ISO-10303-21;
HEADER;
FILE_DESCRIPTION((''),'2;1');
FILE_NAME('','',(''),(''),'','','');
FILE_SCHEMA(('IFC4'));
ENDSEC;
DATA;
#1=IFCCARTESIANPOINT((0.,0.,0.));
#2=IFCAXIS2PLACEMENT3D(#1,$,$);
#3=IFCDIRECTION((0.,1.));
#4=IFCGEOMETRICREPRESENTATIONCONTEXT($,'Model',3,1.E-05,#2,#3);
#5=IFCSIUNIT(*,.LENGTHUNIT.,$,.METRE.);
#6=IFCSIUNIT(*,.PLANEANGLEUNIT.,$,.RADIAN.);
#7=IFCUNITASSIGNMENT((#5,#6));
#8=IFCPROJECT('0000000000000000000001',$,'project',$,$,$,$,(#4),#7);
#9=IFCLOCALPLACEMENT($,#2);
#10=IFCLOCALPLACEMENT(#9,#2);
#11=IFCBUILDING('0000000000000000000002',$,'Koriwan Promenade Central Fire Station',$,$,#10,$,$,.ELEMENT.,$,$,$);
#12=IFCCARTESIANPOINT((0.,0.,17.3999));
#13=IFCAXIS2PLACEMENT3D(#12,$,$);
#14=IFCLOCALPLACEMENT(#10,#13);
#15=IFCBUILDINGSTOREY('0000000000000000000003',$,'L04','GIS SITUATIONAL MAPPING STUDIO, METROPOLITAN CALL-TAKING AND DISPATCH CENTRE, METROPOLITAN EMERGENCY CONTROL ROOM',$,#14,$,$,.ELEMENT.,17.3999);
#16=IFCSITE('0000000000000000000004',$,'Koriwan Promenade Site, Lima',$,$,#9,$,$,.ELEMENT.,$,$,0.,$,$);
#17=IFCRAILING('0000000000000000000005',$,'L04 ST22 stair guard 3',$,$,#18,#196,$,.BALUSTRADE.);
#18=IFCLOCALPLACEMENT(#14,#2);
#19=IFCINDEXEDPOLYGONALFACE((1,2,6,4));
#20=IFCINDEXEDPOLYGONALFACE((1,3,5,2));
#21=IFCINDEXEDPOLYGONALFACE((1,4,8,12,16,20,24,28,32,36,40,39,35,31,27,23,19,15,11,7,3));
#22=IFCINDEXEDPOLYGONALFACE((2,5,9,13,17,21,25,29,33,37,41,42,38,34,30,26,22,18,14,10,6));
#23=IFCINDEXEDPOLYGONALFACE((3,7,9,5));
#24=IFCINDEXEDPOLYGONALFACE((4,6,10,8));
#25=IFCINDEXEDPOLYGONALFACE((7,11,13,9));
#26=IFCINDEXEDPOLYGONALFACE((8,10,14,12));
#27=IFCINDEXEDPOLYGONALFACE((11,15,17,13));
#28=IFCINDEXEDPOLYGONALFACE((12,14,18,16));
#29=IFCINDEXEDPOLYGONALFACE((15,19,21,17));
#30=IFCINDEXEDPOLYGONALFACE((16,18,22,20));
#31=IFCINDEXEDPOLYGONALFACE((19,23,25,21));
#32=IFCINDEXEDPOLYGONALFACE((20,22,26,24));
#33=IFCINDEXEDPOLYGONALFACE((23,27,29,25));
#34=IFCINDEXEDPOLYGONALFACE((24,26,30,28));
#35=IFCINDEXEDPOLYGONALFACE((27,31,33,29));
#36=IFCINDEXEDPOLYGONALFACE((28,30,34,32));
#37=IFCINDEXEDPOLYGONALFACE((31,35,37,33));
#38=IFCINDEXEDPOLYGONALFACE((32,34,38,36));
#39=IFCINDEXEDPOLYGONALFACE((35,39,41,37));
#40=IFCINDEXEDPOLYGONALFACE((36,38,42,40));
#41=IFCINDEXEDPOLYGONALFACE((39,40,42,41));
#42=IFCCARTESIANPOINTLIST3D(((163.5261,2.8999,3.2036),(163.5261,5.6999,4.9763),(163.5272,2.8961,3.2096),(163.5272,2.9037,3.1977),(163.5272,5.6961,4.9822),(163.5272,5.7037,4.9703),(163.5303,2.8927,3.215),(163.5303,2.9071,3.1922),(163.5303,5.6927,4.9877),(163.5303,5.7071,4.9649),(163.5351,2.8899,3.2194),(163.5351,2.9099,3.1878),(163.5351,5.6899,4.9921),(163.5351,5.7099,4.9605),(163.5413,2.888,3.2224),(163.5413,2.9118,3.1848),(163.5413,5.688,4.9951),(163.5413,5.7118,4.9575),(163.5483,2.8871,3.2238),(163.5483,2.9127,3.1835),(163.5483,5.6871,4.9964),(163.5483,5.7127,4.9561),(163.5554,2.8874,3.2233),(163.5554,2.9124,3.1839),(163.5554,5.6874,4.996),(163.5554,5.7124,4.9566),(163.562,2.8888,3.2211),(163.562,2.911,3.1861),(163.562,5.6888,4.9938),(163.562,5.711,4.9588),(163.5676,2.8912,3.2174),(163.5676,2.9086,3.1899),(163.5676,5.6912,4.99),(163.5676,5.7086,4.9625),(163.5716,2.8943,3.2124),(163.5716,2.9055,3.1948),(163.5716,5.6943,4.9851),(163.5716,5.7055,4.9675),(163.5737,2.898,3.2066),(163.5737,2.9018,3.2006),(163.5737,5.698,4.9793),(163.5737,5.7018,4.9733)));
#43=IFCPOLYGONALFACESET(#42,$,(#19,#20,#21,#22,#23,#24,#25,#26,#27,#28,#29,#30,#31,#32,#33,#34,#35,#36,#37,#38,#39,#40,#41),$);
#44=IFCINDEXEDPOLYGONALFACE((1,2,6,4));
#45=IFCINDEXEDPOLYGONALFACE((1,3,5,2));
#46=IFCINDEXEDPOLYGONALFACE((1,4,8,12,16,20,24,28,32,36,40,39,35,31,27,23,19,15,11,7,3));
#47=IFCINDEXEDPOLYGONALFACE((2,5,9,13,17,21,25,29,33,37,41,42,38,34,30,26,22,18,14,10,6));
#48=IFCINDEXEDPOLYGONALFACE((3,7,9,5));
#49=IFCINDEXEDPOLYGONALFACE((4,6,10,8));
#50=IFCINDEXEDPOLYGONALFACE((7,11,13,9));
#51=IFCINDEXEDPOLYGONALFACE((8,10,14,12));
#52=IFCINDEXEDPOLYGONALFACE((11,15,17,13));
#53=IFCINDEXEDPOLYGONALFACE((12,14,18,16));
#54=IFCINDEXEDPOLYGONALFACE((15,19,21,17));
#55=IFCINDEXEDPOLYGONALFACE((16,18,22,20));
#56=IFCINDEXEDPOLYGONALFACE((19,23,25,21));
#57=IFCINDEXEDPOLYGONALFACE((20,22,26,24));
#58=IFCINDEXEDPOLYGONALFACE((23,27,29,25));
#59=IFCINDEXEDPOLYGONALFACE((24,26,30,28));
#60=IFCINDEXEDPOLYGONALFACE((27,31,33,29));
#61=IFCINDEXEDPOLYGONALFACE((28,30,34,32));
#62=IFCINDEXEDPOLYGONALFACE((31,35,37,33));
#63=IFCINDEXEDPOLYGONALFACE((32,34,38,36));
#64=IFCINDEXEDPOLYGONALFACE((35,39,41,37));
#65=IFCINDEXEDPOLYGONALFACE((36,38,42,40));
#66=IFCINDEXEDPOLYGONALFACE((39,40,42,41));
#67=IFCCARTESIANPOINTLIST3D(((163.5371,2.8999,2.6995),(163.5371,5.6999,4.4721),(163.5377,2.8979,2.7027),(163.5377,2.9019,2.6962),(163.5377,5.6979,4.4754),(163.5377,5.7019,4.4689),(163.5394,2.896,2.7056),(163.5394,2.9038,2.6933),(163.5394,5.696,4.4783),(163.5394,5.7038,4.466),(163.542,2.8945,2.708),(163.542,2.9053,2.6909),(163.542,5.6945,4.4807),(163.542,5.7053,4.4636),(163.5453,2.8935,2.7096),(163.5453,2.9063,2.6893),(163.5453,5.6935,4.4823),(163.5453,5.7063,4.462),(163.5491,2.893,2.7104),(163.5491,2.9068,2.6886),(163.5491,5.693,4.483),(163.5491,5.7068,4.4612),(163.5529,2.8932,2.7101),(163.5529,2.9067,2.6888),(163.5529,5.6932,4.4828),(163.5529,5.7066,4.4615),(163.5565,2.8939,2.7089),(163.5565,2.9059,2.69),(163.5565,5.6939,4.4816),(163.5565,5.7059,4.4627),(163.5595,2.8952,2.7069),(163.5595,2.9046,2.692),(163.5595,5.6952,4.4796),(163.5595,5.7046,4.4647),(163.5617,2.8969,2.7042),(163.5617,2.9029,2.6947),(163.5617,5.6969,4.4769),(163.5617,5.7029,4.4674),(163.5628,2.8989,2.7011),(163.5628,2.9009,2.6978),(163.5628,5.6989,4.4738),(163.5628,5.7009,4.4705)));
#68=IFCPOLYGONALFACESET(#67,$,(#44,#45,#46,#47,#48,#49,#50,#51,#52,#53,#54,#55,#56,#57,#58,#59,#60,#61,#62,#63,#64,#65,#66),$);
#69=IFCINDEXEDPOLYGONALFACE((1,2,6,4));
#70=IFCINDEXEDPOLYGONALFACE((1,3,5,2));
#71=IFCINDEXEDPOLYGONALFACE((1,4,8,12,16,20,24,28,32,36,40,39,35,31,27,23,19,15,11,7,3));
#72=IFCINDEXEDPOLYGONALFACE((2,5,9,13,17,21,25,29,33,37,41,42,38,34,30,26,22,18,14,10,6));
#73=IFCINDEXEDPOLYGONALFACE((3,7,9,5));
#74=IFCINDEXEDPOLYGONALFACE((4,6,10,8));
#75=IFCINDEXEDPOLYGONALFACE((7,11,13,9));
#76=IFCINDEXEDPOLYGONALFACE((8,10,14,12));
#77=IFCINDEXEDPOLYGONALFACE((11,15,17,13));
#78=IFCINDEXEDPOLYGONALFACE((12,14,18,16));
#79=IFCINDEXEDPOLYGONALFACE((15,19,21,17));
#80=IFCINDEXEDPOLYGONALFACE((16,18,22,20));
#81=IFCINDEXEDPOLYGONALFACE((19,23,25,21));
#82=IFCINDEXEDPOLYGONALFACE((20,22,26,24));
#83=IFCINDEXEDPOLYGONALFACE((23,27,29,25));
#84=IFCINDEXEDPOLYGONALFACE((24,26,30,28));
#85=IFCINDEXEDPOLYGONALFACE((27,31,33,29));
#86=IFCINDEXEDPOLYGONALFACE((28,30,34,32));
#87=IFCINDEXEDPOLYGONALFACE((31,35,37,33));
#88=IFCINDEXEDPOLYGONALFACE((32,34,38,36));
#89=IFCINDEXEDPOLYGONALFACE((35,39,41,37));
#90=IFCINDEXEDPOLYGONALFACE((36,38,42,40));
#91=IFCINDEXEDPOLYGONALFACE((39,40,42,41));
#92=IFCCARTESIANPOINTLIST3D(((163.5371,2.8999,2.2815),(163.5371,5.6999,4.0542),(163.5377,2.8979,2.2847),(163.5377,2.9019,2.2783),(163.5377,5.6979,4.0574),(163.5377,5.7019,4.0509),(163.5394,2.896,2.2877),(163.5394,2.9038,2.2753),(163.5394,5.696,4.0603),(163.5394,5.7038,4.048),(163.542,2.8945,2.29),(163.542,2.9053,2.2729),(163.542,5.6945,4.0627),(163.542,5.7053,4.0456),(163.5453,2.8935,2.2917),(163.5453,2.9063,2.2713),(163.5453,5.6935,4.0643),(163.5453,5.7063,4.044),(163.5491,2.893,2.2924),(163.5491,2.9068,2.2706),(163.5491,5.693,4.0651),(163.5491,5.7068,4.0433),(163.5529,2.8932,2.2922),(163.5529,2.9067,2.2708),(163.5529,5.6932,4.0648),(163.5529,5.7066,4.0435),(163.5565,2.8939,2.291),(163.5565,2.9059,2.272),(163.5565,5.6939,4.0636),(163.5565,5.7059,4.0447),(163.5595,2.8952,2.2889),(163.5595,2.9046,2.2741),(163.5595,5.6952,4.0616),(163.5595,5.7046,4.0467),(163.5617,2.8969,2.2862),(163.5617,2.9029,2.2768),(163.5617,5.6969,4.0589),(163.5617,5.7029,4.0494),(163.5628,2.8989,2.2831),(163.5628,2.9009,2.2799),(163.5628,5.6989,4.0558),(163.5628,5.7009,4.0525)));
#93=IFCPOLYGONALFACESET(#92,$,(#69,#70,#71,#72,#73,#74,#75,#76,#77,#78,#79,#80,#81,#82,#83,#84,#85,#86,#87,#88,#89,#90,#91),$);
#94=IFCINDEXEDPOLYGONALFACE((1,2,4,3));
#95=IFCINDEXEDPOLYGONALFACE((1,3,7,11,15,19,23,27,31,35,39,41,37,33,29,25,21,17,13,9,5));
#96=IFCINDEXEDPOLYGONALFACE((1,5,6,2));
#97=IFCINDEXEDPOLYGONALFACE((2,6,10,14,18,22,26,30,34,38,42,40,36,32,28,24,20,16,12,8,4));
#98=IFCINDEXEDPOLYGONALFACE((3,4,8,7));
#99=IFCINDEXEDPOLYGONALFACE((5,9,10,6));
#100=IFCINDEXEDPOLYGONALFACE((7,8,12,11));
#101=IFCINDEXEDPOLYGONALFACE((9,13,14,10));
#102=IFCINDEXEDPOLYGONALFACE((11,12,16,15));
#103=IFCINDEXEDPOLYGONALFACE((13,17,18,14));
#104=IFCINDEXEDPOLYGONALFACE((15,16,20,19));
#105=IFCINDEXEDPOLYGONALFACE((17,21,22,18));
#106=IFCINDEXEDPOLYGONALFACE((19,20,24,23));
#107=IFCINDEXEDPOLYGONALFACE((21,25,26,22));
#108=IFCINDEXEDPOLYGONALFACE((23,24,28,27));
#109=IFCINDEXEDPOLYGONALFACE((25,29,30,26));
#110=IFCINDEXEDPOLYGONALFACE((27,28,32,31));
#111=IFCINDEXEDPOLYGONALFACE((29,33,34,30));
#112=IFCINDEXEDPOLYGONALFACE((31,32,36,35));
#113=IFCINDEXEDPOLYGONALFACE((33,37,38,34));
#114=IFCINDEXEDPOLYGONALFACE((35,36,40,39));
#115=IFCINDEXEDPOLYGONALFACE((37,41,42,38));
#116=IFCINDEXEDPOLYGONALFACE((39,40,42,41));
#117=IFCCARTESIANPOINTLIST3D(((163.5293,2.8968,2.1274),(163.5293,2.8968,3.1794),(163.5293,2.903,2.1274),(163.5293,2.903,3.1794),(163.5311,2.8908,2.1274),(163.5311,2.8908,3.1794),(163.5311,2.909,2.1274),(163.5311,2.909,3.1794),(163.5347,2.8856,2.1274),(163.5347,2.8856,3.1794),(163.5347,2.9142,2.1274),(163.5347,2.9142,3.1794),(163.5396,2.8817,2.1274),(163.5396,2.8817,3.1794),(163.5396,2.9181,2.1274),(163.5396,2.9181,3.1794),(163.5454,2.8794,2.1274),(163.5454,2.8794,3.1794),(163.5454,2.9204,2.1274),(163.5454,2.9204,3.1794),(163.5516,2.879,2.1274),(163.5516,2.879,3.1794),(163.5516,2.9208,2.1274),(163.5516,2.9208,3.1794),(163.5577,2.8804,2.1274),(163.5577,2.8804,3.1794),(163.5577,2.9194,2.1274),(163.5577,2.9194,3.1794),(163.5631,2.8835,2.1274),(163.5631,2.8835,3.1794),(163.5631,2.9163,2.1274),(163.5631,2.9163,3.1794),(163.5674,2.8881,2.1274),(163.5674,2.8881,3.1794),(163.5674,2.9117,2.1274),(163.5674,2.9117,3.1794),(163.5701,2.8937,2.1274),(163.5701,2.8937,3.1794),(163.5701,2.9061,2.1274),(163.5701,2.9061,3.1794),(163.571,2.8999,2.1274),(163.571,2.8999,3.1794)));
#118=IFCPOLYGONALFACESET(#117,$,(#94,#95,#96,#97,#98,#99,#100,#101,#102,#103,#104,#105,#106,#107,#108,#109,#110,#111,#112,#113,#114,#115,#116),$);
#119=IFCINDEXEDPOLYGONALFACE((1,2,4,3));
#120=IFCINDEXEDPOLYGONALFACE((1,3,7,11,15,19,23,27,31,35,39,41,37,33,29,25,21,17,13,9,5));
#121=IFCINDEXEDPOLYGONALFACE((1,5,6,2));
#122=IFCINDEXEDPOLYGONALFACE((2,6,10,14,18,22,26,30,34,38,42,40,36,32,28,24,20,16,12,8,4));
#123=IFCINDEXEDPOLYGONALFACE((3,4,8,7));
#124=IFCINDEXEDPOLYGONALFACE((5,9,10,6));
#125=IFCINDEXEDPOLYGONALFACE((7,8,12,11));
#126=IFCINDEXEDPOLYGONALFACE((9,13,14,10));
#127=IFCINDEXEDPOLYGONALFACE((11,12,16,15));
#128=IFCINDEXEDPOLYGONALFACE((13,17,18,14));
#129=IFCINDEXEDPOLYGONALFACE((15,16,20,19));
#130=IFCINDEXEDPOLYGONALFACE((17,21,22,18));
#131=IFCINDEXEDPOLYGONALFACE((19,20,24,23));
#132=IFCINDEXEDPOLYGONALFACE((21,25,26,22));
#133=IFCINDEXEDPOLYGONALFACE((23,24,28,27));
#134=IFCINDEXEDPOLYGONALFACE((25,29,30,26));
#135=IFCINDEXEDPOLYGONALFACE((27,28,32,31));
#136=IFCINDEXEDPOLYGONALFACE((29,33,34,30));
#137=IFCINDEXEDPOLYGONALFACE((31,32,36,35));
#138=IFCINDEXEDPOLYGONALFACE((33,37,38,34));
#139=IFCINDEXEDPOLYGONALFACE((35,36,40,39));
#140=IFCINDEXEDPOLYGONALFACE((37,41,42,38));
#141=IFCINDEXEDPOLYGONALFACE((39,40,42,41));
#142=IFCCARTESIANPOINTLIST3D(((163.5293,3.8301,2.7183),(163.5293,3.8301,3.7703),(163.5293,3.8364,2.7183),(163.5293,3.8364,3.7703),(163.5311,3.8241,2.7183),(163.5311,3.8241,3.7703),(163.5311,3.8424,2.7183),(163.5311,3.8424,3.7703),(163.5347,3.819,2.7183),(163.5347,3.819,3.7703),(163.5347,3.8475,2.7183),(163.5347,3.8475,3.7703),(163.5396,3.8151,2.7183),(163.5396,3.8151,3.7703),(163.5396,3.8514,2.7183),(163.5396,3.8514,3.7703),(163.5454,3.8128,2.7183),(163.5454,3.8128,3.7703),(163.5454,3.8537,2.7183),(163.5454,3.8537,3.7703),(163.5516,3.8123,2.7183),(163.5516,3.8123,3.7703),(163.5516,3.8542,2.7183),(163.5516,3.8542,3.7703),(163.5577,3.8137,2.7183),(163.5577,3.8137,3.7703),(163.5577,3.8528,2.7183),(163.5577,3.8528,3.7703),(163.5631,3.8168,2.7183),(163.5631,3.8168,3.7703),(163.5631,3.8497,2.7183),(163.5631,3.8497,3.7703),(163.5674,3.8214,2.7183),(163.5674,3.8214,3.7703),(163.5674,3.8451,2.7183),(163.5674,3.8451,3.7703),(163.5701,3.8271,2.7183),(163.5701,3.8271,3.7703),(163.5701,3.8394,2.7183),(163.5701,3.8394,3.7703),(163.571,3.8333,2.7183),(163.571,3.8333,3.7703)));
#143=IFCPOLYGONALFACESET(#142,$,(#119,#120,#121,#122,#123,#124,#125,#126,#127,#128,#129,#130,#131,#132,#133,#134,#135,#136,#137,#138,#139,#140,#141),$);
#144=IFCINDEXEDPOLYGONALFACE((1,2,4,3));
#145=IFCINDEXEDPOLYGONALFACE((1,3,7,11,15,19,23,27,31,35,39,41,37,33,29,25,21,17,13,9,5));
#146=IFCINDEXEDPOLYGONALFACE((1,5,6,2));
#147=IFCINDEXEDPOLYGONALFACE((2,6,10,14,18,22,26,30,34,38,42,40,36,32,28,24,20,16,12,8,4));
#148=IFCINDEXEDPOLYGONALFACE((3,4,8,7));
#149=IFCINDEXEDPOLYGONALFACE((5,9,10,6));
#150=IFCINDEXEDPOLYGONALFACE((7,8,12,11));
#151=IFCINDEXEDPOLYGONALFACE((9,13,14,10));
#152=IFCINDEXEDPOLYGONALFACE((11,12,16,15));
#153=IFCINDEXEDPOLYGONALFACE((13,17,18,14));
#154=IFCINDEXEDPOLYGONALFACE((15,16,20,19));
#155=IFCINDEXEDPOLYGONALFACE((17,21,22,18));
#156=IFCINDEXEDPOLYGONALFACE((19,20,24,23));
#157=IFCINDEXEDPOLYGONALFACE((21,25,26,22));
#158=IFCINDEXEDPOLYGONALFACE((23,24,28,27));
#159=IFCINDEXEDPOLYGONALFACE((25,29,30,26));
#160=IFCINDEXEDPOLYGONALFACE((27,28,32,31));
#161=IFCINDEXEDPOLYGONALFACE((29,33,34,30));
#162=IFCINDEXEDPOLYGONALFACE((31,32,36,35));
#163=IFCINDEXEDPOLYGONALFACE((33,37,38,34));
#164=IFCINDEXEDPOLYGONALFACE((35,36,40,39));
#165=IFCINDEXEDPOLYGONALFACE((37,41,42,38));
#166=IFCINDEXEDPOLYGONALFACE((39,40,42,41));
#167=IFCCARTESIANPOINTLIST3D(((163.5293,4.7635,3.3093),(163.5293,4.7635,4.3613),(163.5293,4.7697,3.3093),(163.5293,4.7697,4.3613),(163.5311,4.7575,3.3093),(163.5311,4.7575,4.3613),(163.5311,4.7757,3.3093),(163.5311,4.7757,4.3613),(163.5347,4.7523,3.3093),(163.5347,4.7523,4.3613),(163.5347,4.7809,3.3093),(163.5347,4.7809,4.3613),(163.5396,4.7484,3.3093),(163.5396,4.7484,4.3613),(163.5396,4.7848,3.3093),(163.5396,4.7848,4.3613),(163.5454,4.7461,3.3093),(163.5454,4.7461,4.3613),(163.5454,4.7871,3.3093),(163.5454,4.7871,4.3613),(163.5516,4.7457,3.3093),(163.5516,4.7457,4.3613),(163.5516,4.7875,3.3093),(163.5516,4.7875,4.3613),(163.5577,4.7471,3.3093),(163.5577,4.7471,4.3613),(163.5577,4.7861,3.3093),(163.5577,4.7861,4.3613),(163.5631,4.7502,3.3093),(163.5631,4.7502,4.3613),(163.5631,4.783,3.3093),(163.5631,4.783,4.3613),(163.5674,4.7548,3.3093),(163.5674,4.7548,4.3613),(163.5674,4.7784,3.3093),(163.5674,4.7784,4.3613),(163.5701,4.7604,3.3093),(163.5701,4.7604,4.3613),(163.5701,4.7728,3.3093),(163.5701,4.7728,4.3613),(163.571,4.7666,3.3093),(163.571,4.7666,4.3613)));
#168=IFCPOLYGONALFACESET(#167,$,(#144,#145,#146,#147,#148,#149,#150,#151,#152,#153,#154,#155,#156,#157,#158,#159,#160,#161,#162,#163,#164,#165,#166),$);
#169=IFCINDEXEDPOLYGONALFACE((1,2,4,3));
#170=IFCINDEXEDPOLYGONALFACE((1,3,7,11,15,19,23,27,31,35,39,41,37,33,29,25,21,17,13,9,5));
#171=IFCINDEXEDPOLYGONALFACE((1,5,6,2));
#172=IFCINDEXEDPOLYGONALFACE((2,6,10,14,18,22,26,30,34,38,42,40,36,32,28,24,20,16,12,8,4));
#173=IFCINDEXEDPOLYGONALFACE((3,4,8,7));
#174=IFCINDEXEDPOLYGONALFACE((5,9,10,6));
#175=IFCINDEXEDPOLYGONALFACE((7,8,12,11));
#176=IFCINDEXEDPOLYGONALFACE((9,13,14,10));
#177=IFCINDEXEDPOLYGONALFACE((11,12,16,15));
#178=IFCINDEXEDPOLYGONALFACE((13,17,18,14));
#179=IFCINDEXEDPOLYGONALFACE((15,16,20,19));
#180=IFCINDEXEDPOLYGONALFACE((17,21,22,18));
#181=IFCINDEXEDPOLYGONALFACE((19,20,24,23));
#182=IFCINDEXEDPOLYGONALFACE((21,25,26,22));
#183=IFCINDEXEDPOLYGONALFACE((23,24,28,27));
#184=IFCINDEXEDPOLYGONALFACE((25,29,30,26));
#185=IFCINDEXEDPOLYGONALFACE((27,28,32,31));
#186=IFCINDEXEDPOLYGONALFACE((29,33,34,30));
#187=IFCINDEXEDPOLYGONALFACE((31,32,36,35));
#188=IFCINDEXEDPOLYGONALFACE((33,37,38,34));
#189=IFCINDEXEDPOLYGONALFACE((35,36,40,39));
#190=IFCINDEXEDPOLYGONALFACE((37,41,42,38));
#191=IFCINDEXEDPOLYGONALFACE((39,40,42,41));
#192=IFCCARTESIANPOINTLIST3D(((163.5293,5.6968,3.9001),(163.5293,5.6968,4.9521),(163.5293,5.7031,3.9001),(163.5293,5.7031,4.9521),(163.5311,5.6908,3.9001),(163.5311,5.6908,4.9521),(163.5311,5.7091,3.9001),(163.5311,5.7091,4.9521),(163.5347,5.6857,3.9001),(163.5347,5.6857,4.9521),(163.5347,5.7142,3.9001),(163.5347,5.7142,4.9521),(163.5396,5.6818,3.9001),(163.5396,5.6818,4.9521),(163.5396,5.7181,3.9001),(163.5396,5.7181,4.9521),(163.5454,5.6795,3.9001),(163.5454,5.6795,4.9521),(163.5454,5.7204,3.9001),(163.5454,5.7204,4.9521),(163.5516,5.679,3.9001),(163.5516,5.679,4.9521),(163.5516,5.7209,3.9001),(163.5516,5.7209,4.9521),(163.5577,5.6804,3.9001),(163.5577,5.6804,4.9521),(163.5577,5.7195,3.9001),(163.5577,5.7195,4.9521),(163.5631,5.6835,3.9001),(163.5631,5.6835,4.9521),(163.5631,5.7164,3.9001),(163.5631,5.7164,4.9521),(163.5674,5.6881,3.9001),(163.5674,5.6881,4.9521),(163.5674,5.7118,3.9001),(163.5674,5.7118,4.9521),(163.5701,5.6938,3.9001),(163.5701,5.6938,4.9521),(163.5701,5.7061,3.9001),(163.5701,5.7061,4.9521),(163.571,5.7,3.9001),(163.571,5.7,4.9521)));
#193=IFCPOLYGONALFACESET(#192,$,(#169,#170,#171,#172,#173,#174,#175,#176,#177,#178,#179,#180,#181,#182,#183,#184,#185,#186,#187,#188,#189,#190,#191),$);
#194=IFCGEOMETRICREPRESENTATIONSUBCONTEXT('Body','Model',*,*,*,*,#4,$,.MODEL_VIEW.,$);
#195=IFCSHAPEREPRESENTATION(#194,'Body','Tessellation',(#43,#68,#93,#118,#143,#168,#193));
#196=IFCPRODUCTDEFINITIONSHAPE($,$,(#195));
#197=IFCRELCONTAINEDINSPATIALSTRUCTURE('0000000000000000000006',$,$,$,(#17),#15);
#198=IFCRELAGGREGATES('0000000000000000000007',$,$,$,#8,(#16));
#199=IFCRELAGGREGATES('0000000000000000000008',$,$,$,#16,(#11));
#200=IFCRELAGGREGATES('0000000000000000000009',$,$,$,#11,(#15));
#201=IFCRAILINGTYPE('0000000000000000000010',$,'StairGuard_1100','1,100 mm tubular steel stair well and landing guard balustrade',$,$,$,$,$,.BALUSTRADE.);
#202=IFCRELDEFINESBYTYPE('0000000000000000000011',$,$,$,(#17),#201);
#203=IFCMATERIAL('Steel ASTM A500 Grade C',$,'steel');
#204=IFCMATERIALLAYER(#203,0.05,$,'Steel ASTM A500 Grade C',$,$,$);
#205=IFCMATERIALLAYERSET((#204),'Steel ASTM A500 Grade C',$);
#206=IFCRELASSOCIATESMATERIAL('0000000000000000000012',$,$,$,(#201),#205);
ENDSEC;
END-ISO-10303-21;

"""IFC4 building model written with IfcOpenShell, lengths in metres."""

from ifc_helpers import new_model, si_unit, direction, frame, origin, origin_2d, place, context, subcontext, project, spatial, circle, extrude, material, layer, layer_set, type_object, element, save


model = new_model("IFC4")

# Units and contexts
model_context = context("Model", 3, precision=1e-05, world=origin(), true_north=direction((0.0, 1.0)))
body_context = subcontext(model_context, "Body", "Model", "MODEL_VIEW")
ifc_project = project(units=[si_unit("LENGTHUNIT", "METRE"), si_unit("PLANEANGLEUNIT", "RADIAN")], contexts=[model_context])

# Site, building, storey
site_placement = place(None, origin())
site = spatial("IfcSite", under=ifc_project, at=site_placement, Name="Koriwan Promenade Site, Lima", CompositionType="ELEMENT", RefElevation=0.0)
building_placement = place(site_placement, origin())
building = spatial("IfcBuilding", under=site, at=building_placement, Name="Koriwan Promenade Central Fire Station", CompositionType="ELEMENT")
storey_placement = place(building_placement, frame((0.0, 0.0, 17.3999)))
storey = spatial("IfcBuildingStorey", under=building, at=storey_placement, Name="L04", Description="GIS SITUATIONAL MAPPING STUDIO, METROPOLITAN CALL-TAKING AND DISPATCH CENTRE, METROPOLITAN EMERGENCY CONTROL ROOM", CompositionType="ELEMENT", Elevation=17.3999)

# Railing
ifc_material_1 = material(Name="Steel ASTM A500 Grade C", Category="steel")
ifc_layer_1 = layer(ifc_material_1, 0.05, Name="Steel ASTM A500 Grade C")
ifc_layer_set_1 = layer_set([ifc_layer_1], Name="Steel ASTM A500 Grade C")
railing_type_1 = type_object("IfcRailingType", Name="StairGuard_1100", Description="1,100 mm tubular steel stair well and landing guard balustrade", PredefinedType="BALUSTRADE", material=ifc_layer_set_1)
railing_1_placement = place(storey_placement, frame((163.55, 2.8999, 2.1274)))
element("IfcRailing", 1, at=railing_1_placement, inside=storey, type_object=railing_type_1, Name="L04 ST22 stair guard 3", PredefinedType="BALUSTRADE", context=body_context, shape_type="SweptSolid", body=[
    extrude(circle(Radius=0.0239, at=origin_2d()), frame((0.0, 0.0, 1.0762), z_axis=(0.0, 0.844909, 0.53491), x_axis=(-1.0, 0.0, 0.0)), (0.0, 0.0, 1.0), 3.314),
    extrude(circle(Radius=0.0129, at=origin_2d()), frame((0.0, 0.0, 0.572), z_axis=(0.0, 0.844909, 0.53491), x_axis=(-1.0, 0.0, 0.0)), (0.0, 0.0, 1.0), 3.314),
    extrude(circle(Radius=0.0129, at=origin_2d()), frame((0.0, 0.0, 0.1541), z_axis=(0.0, 0.844909, 0.53491), x_axis=(-1.0, 0.0, 0.0)), (0.0, 0.0, 1.0), 3.314),
    extrude(circle(Radius=0.021, at=origin_2d()), origin(), (0.0, 0.0, 1.0), 1.052),
    extrude(circle(Radius=0.021, at=origin_2d()), frame((0.0, 0.9333, 0.5908)), (0.0, 0.0, 1.0), 1.052),
    extrude(circle(Radius=0.021, at=origin_2d()), frame((0.0, 1.8667, 1.1819)), (0.0, 0.0, 1.0), 1.052),
    extrude(circle(Radius=0.021, at=origin_2d()), frame((0.0, 2.8, 1.7727)), (0.0, 0.0, 1.0), 1.052),
])

save(model, "model.ifc")
